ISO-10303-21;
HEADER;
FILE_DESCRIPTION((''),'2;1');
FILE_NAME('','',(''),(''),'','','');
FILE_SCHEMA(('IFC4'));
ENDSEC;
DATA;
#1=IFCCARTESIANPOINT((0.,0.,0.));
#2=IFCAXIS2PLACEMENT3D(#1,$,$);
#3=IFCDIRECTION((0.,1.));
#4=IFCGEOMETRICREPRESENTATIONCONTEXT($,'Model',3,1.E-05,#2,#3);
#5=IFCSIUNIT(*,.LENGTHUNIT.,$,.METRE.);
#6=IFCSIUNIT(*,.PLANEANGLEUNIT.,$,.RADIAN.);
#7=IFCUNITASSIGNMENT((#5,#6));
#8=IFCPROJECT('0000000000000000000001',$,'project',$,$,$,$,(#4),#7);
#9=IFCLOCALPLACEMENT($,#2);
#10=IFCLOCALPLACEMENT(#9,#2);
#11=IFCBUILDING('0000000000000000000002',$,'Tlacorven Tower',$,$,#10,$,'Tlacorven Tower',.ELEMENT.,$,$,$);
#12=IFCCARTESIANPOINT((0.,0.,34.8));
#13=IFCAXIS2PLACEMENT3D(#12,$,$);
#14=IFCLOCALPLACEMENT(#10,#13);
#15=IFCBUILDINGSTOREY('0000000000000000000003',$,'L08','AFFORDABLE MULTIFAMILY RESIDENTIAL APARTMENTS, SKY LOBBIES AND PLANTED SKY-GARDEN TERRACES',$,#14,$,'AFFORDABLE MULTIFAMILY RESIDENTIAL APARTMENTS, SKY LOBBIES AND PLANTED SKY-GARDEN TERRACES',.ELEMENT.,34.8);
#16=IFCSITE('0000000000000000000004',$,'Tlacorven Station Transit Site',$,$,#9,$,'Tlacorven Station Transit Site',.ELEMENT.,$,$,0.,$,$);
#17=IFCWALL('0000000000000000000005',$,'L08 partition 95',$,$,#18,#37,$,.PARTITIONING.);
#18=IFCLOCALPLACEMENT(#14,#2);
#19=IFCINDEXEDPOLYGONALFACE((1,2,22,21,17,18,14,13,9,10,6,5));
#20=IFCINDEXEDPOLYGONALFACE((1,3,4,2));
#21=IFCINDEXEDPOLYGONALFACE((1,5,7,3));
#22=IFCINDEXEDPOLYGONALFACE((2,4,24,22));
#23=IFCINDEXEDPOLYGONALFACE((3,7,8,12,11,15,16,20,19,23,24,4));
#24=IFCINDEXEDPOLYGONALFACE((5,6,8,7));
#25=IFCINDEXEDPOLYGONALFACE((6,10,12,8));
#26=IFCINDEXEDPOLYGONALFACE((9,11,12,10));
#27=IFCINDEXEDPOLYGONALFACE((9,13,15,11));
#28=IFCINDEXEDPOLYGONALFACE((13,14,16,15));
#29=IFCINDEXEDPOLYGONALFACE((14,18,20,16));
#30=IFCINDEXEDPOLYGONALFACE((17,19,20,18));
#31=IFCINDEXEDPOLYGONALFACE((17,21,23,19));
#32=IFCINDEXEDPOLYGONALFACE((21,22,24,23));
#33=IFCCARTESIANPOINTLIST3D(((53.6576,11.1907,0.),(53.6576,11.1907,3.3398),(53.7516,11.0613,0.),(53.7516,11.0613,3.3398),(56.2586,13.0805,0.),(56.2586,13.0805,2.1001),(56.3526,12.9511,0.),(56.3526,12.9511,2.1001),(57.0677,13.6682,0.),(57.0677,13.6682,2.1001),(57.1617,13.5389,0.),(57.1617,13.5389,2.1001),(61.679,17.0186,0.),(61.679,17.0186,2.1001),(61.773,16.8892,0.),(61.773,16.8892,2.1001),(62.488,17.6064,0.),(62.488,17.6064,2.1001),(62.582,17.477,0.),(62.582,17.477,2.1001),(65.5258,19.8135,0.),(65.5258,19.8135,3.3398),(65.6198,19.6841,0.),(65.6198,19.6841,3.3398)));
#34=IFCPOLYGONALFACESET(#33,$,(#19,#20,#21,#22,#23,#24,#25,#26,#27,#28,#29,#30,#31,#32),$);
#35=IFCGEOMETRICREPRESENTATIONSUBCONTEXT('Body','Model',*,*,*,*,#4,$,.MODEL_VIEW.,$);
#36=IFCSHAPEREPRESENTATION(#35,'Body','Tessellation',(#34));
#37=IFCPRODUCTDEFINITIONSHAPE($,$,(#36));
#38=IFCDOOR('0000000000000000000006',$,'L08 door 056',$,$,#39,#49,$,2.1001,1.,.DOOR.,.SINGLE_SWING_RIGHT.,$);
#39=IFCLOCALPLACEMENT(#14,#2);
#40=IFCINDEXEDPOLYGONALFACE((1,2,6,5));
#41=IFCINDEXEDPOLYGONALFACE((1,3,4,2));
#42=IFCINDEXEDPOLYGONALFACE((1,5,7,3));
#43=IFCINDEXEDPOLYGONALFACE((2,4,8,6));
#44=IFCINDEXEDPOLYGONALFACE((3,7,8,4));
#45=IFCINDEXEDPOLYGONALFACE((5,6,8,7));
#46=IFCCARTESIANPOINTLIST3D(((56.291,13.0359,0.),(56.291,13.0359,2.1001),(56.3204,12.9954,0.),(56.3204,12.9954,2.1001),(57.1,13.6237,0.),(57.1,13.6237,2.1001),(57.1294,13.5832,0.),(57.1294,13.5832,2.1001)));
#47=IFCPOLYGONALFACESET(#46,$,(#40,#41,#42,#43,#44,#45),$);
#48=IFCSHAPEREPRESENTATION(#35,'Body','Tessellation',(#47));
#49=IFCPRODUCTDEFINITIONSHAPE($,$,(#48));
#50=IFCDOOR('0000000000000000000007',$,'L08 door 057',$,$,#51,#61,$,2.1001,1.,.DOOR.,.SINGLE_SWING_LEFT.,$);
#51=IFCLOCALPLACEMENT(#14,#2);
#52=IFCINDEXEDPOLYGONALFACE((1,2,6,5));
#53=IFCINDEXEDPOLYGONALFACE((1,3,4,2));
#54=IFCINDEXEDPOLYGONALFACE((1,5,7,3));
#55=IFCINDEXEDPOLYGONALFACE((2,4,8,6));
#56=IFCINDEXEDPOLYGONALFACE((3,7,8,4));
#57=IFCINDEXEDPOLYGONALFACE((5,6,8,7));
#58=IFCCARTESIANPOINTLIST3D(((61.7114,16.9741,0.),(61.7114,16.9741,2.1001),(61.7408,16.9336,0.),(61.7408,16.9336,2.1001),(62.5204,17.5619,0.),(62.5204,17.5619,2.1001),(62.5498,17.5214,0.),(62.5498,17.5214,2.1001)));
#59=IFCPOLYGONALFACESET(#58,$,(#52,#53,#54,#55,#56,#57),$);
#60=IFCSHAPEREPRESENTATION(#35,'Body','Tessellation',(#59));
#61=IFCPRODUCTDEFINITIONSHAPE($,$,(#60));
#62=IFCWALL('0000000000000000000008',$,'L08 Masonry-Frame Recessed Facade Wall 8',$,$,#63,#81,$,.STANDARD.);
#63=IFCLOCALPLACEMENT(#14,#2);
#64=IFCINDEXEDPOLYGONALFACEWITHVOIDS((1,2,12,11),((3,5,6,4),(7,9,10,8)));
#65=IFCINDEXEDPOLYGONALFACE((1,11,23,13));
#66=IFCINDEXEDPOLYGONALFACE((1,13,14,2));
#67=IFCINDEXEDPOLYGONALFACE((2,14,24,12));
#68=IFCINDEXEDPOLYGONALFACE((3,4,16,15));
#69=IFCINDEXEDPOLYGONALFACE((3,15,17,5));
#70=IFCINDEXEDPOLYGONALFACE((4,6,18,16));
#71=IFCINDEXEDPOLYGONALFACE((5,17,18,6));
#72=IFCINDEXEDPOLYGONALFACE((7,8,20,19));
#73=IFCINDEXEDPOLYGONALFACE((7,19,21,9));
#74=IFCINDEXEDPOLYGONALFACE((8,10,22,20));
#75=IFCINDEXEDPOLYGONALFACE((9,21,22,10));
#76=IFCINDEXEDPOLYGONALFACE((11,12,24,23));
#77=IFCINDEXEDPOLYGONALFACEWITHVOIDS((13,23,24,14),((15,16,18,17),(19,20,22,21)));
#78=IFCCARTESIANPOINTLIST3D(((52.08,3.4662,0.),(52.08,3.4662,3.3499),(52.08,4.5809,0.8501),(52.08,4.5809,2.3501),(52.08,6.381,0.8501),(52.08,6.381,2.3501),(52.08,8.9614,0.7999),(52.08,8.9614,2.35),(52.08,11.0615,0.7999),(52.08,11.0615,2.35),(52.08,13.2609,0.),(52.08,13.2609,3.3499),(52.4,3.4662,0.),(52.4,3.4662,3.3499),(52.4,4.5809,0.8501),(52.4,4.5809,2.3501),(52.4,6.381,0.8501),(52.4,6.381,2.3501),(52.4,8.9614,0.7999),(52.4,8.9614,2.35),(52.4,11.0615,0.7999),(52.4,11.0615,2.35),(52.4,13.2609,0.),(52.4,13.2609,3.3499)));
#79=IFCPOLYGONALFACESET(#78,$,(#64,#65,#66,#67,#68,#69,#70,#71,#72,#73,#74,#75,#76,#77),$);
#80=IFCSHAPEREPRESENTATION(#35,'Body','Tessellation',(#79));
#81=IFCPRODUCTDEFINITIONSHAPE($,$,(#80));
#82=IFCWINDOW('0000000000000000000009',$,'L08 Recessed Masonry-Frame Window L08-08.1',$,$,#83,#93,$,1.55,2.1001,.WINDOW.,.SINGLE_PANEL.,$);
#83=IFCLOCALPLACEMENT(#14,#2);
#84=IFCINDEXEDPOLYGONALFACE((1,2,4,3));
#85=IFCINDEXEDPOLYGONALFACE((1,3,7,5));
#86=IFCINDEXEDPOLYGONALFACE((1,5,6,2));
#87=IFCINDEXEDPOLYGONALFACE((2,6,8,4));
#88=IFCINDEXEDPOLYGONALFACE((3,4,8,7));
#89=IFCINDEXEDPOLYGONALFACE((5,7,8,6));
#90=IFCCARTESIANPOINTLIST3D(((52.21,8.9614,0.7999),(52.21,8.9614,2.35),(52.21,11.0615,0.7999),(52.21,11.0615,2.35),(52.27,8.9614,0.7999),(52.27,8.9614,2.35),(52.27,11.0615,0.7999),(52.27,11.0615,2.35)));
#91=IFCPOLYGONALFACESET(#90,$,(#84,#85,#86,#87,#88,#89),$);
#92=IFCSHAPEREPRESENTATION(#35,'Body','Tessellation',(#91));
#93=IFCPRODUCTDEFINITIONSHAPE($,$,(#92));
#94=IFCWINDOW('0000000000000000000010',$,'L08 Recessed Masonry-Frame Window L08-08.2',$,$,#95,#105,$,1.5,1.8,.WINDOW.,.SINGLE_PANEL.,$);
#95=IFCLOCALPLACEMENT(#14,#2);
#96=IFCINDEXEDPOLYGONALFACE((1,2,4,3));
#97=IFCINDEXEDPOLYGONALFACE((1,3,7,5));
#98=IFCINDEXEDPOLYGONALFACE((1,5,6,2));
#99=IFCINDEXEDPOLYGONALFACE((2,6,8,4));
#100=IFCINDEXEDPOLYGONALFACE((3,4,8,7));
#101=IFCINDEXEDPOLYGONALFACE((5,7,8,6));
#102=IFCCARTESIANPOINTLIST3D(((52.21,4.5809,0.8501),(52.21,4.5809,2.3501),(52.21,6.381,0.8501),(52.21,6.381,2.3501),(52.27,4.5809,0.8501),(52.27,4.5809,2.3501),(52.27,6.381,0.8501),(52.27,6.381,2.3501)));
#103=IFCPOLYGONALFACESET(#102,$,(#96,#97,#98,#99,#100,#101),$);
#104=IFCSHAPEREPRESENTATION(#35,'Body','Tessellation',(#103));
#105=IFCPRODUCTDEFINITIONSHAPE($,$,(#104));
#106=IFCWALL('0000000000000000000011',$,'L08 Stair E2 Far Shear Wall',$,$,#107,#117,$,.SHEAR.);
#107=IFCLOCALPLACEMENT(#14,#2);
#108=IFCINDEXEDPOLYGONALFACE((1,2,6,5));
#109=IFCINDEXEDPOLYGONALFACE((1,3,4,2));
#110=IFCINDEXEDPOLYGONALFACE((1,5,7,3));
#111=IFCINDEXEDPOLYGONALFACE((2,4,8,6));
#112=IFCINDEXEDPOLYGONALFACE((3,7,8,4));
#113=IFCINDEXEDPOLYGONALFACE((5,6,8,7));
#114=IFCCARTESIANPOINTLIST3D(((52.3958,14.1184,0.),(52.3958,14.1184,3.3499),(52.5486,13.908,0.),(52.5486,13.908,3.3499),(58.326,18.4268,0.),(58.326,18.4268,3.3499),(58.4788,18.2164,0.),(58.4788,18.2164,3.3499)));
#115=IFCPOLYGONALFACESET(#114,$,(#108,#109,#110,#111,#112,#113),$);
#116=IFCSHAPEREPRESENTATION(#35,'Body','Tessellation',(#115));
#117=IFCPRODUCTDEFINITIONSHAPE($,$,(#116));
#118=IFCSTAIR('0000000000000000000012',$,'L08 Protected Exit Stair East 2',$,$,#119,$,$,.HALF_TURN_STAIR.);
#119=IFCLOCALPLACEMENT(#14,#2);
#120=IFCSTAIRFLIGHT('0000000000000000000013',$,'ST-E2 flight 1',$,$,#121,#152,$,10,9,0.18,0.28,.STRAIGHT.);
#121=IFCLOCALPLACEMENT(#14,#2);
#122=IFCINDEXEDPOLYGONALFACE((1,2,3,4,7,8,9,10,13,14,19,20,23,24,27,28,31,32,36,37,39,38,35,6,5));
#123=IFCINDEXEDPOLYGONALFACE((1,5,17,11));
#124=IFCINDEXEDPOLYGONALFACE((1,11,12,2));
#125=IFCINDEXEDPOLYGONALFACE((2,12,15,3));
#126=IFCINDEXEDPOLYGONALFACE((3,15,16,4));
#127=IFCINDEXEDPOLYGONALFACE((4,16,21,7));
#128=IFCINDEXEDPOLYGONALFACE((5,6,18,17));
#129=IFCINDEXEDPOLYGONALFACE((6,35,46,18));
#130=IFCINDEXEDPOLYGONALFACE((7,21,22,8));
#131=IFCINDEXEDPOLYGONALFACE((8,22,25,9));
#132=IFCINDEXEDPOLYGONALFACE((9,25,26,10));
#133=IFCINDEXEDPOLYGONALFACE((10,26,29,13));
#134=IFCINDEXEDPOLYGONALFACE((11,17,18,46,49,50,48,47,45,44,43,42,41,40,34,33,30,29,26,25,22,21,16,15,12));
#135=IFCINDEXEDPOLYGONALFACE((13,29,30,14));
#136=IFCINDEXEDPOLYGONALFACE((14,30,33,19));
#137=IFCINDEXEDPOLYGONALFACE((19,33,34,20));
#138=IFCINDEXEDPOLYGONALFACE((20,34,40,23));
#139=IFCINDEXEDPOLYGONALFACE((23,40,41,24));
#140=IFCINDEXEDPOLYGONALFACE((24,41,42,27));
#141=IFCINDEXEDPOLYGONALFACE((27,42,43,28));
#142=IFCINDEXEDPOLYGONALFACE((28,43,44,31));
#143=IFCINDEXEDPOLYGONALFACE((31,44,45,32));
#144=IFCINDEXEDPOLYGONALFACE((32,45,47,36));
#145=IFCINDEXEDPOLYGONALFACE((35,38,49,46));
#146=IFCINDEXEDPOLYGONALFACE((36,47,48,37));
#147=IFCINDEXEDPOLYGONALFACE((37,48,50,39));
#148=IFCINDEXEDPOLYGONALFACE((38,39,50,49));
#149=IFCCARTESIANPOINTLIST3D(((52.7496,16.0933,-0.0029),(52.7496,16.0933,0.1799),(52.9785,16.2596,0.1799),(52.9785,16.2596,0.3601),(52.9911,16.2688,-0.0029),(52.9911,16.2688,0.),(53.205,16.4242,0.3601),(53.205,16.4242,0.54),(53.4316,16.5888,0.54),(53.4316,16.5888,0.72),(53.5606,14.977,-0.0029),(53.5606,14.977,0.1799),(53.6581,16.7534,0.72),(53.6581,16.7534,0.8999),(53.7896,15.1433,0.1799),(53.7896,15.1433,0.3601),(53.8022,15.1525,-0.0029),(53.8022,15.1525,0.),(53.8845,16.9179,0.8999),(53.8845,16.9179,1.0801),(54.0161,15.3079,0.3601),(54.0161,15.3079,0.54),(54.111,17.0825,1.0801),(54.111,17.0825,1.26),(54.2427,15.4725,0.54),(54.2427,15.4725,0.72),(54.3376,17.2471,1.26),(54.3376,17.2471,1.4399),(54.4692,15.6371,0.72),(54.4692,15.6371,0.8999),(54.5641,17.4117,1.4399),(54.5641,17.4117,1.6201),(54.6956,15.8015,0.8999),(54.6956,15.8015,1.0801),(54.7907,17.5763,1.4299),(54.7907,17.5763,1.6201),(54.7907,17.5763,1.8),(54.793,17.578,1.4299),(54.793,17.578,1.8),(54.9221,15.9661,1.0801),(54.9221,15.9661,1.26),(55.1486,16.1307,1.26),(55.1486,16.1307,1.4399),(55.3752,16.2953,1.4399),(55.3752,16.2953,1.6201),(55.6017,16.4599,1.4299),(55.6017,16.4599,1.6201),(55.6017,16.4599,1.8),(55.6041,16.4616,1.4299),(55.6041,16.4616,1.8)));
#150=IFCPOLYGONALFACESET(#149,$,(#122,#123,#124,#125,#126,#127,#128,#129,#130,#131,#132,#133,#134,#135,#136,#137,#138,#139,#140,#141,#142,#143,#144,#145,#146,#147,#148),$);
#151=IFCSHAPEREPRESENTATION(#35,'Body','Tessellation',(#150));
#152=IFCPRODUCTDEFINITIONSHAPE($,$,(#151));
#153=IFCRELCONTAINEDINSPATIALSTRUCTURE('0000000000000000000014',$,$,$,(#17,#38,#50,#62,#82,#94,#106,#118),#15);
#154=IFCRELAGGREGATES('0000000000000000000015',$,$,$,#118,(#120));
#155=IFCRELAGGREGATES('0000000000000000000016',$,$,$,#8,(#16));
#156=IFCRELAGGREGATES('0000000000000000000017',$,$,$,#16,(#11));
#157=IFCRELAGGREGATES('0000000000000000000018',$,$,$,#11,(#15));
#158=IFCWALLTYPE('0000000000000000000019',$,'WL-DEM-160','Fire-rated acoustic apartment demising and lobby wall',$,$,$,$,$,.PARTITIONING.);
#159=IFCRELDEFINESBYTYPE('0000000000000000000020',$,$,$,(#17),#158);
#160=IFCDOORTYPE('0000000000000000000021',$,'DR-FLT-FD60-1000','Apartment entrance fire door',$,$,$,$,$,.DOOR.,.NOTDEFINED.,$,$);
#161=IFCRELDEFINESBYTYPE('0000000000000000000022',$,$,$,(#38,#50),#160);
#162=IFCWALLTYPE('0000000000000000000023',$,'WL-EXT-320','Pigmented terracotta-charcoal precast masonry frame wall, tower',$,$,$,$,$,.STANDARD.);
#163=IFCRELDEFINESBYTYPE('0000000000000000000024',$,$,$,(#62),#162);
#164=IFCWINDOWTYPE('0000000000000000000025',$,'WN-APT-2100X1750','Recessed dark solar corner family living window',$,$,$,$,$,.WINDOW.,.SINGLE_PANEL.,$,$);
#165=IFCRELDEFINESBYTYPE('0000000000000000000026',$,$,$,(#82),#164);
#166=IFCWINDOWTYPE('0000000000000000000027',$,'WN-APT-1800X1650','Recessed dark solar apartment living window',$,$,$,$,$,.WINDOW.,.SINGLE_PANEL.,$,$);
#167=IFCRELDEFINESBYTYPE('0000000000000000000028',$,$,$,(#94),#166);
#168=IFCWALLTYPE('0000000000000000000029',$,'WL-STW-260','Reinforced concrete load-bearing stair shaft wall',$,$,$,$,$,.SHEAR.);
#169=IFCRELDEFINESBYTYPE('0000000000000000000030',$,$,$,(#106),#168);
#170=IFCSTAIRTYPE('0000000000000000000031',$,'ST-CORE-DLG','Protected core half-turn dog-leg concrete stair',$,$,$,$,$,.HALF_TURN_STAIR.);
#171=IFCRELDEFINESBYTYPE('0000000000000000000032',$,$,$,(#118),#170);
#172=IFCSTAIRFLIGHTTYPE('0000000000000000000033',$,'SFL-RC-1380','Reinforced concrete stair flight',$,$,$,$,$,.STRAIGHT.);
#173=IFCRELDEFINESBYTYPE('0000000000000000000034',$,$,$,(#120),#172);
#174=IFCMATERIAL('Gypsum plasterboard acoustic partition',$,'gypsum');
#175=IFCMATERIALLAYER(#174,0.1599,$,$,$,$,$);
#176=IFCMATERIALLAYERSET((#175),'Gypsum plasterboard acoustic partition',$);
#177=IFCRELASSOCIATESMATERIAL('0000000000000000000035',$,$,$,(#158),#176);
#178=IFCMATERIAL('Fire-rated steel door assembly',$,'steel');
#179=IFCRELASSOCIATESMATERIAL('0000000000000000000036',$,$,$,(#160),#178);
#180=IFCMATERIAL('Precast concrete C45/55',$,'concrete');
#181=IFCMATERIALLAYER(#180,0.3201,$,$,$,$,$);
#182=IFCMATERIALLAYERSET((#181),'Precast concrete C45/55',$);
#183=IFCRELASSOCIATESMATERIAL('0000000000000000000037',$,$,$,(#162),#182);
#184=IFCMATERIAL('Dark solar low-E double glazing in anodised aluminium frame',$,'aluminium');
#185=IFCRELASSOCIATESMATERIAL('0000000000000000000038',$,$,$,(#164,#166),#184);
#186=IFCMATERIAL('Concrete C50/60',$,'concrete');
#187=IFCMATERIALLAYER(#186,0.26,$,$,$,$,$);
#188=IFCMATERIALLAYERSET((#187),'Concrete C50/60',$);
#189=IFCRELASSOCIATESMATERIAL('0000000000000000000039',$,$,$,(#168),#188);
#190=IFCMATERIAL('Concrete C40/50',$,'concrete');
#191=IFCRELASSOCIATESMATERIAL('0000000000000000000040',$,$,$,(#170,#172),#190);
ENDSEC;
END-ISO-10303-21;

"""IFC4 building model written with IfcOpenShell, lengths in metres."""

from ifc_helpers import new_model, si_unit, direction, frame, frame_2d, origin, place, context, subcontext, project, spatial, polyline, rectangle, outline, extrude, source, transform, mapped, material, layer, layer_set, type_object, element, fill, aggregate, save


model = new_model("IFC4")

# Units and contexts
model_context = context("Model", 3, precision=1e-05, world=origin(), true_north=direction((0.0, 1.0)))
body_context = subcontext(model_context, "Body", "Model", "MODEL_VIEW")
ifc_project = project(units=[si_unit("LENGTHUNIT", "METRE"), si_unit("PLANEANGLEUNIT", "RADIAN")], contexts=[model_context])

# Site, building, storey
site_placement = place(None, origin())
site = spatial("IfcSite", under=ifc_project, at=site_placement, Name="Tlacorven Station Transit Site", LongName="Tlacorven Station Transit Site", CompositionType="ELEMENT", RefElevation=0.0)
building_placement = place(site_placement, origin())
building = spatial("IfcBuilding", under=site, at=building_placement, Name="Tlacorven Tower", LongName="Tlacorven Tower", CompositionType="ELEMENT")
storey_placement = place(building_placement, frame((0.0, 0.0, 34.8)))
storey = spatial("IfcBuildingStorey", under=building, at=storey_placement, Name="L08", Description="AFFORDABLE MULTIFAMILY RESIDENTIAL APARTMENTS, SKY LOBBIES AND PLANTED SKY-GARDEN TERRACES", LongName="AFFORDABLE MULTIFAMILY RESIDENTIAL APARTMENTS, SKY LOBBIES AND PLANTED SKY-GARDEN TERRACES", CompositionType="ELEMENT", Elevation=34.8)

# Wall, openings, doors
ifc_material_1 = material(Name="Gypsum plasterboard acoustic partition", Category="gypsum")
ifc_layer_1 = layer(ifc_material_1, 0.1599)
ifc_layer_set_1 = layer_set([ifc_layer_1], Name="Gypsum plasterboard acoustic partition")
wall_type_1 = type_object("IfcWallType", Name="WL-DEM-160", Description="Fire-rated acoustic apartment demising and lobby wall", PredefinedType="PARTITIONING", material=ifc_layer_set_1)
wall_1_placement = place(storey_placement, frame((53.7046, 11.126, 0.0), z_axis=(0.0, 0.0, 1.0), x_axis=(0.809015, 0.587789, 0.0)))
wall_1 = element("IfcWall", 1, at=wall_1_placement, inside=storey, type_object=wall_type_1, Name="L08 partition 95", PredefinedType="PARTITIONING", context=body_context, shape_type="SweptSolid", body=[
    extrude(rectangle(XDim=14.6699, YDim=0.1599, at=frame_2d((7.335, 0.0))), origin(), (0.0, 0.0, 1.0), 3.3398),
])
opening_1_placement = place(wall_1_placement, frame((3.2151, 0.0, 0.0)))
opening_1 = element("IfcOpeningElement", 2, at=opening_1_placement, cuts=wall_1, PredefinedType="OPENING", context=body_context, shape_type="SweptSolid", body=[
    extrude(rectangle(XDim=1.0, YDim=2.1001, at=frame_2d((0.5, 1.05))), frame((0.0, 0.0898, 0.0), z_axis=(0.0, -1.0, 0.0), x_axis=(1.0, 0.0, 0.0)), (0.0, 0.0, 1.0), 0.1799),
])
opening_2_placement = place(wall_1_placement, frame((9.915, 0.0, 0.0)))
opening_2 = element("IfcOpeningElement", 3, at=opening_2_placement, cuts=wall_1, PredefinedType="OPENING", context=body_context, shape_type="SweptSolid", body=[
    extrude(rectangle(XDim=1.0, YDim=2.1001, at=frame_2d((0.5, 1.05))), frame((0.0, 0.0898, 0.0), z_axis=(0.0, -1.0, 0.0), x_axis=(1.0, 0.0, 0.0)), (0.0, 0.0, 1.0), 0.1799),
])
ifc_material_2 = material(Name="Fire-rated steel door assembly", Category="steel")
door_type = type_object("IfcDoorType", Name="DR-FLT-FD60-1000", Description="Apartment entrance fire door", OperationType="NOTDEFINED", PredefinedType="DOOR", material=ifc_material_2)
shared_shape_1 = source(origin(), body_context, "Body", "SweptSolid", [
    extrude(rectangle(XDim=1.0, YDim=2.1001, at=frame_2d((0.5, 1.05))), frame((0.0, 0.0249, 0.0), z_axis=(0.0, -1.0, 0.0), x_axis=(1.0, 0.0, 0.0)), (0.0, 0.0, 1.0), 0.05),
])
door_1_placement = place(opening_1_placement, origin())
door_1 = element("IfcDoor", 4, at=door_1_placement, inside=storey, type_object=door_type, Name="L08 door 056", OperationType="SINGLE_SWING_RIGHT", OverallHeight=2.1001, OverallWidth=1.0, PredefinedType="DOOR", context=body_context, shape_type="MappedRepresentation", body=[
    mapped(shared_shape_1, transform((0.0, 0.0, 0.0), scale=1.0)),
])
fill(opening_1, door_1)
door_2_placement = place(opening_2_placement, origin())
door_2 = element("IfcDoor", 5, at=door_2_placement, inside=storey, type_object=door_type, Name="L08 door 057", OperationType="SINGLE_SWING_LEFT", OverallHeight=2.1001, OverallWidth=1.0, PredefinedType="DOOR", context=body_context, shape_type="MappedRepresentation", body=[
    mapped(shared_shape_1, transform((0.0, 0.0, 0.0), scale=1.0)),
])
fill(opening_2, door_2)

# Wall, openings, windows
ifc_material_3 = material(Name="Precast concrete C45/55", Category="concrete")
ifc_layer_2 = layer(ifc_material_3, 0.3201)
ifc_layer_set_2 = layer_set([ifc_layer_2], Name="Precast concrete C45/55")
wall_type_2 = type_object("IfcWallType", Name="WL-EXT-320", Description="Pigmented terracotta-charcoal precast masonry frame wall, tower", PredefinedType="STANDARD", material=ifc_layer_set_2)
wall_2_placement = place(storey_placement, frame((52.24, 13.261, 0.0), z_axis=(0.0, 0.0, 1.0), x_axis=(0.0, -1.0, 0.0)))
wall_2 = element("IfcWall", 6, at=wall_2_placement, inside=storey, type_object=wall_type_2, Name="L08 Masonry-Frame Recessed Facade Wall 8", PredefinedType="STANDARD", context=body_context, shape_type="SweptSolid", body=[
    extrude(rectangle(XDim=9.7947, YDim=0.3201, at=frame_2d((4.8975, 0.0))), origin(), (0.0, 0.0, 1.0), 3.3499),
])
opening_3_placement = place(wall_2_placement, frame((2.1995, 0.0, 0.8)))
opening_3 = element("IfcOpeningElement", 7, at=opening_3_placement, cuts=wall_2, PredefinedType="OPENING", context=body_context, shape_type="SweptSolid", body=[
    extrude(rectangle(XDim=2.1001, YDim=1.55, at=frame_2d((1.05, 0.7749))), frame((0.0, 0.1699, 0.0), z_axis=(0.0, -1.0, 0.0), x_axis=(1.0, 0.0, 0.0)), (0.0, 0.0, 1.0), 0.3401),
])
opening_4_placement = place(wall_2_placement, frame((6.8801, 0.0, 0.8501)))
opening_4 = element("IfcOpeningElement", 8, at=opening_4_placement, cuts=wall_2, PredefinedType="OPENING", context=body_context, shape_type="SweptSolid", body=[
    extrude(rectangle(XDim=1.8, YDim=1.5, at=frame_2d((0.8999, 0.75))), frame((0.0, 0.1699, 0.0), z_axis=(0.0, -1.0, 0.0), x_axis=(1.0, 0.0, 0.0)), (0.0, 0.0, 1.0), 0.3401),
])
ifc_material_4 = material(Name="Dark solar low-E double glazing in anodised aluminium frame", Category="aluminium")
window_type_1 = type_object("IfcWindowType", Name="WN-APT-2100X1750", Description="Recessed dark solar corner family living window", PartitioningType="SINGLE_PANEL", PredefinedType="WINDOW", material=ifc_material_4)
shared_shape_2 = source(origin(), body_context, "Body", "SweptSolid", [
    extrude(rectangle(XDim=2.1001, YDim=1.55, at=frame_2d((1.05, 0.7749))), frame((0.0, 0.03, 0.0), z_axis=(0.0, -1.0, 0.0), x_axis=(1.0, 0.0, 0.0)), (0.0, 0.0, 1.0), 0.0601),
])
window_1_placement = place(opening_3_placement, origin())
window_1 = element("IfcWindow", 9, at=window_1_placement, inside=storey, type_object=window_type_1, Name="L08 Recessed Masonry-Frame Window L08-08.1", OverallHeight=1.55, OverallWidth=2.1001, PartitioningType="SINGLE_PANEL", PredefinedType="WINDOW", context=body_context, shape_type="MappedRepresentation", body=[
    mapped(shared_shape_2, transform((0.0, 0.0, 0.0), scale=1.0)),
])
fill(opening_3, window_1)
window_type_2 = type_object("IfcWindowType", Name="WN-APT-1800X1650", Description="Recessed dark solar apartment living window", PartitioningType="SINGLE_PANEL", PredefinedType="WINDOW", material=ifc_material_4)
shared_shape_3 = source(origin(), body_context, "Body", "SweptSolid", [
    extrude(rectangle(XDim=1.8, YDim=1.5, at=frame_2d((0.8999, 0.75))), frame((0.0, 0.03, 0.0), z_axis=(0.0, -1.0, 0.0), x_axis=(1.0, 0.0, 0.0)), (0.0, 0.0, 1.0), 0.0601),
])
window_2_placement = place(opening_4_placement, origin())
window_2 = element("IfcWindow", 10, at=window_2_placement, inside=storey, type_object=window_type_2, Name="L08 Recessed Masonry-Frame Window L08-08.2", OverallHeight=1.5, OverallWidth=1.8, PartitioningType="SINGLE_PANEL", PredefinedType="WINDOW", context=body_context, shape_type="MappedRepresentation", body=[
    mapped(shared_shape_3, transform((0.0, 0.0, 0.0), scale=1.0)),
])
fill(opening_4, window_2)

# Wall
ifc_material_5 = material(Name="Concrete C50/60", Category="concrete")
ifc_layer_3 = layer(ifc_material_5, 0.26)
ifc_layer_set_3 = layer_set([ifc_layer_3], Name="Concrete C50/60")
wall_type_3 = type_object("IfcWallType", Name="WL-STW-260", Description="Reinforced concrete load-bearing stair shaft wall", PredefinedType="SHEAR", material=ifc_layer_set_3)
wall_3_placement = place(storey_placement, frame((52.4722, 14.0132, 0.0), z_axis=(0.0, 0.0, 1.0), x_axis=(0.809028, 0.58777, 0.0)))
element("IfcWall", 11, at=wall_3_placement, inside=storey, type_object=wall_type_3, Name="L08 Stair E2 Far Shear Wall", PredefinedType="SHEAR", context=body_context, shape_type="SweptSolid", body=[
    extrude(rectangle(XDim=7.3301, YDim=0.26, at=frame_2d((3.665, 0.0))), origin(), (0.0, 0.0, 1.0), 3.3499),
])

# Stair, stair flight
ifc_material_6 = material(Name="Concrete C40/50", Category="concrete")
stair_type = type_object("IfcStairType", Name="ST-CORE-DLG", Description="Protected core half-turn dog-leg concrete stair", PredefinedType="HALF_TURN_STAIR", material=ifc_material_6)
stair_placement = place(storey_placement, origin())
stair = element("IfcStair", 12, at=stair_placement, inside=storey, type_object=stair_type, Name="L08 Protected Exit Stair East 2", PredefinedType="HALF_TURN_STAIR")
stair_flight_type = type_object("IfcStairFlightType", Name="SFL-RC-1380", Description="Reinforced concrete stair flight", PredefinedType="STRAIGHT", material=ifc_material_6)
shared_shape_4 = source(origin(), body_context, "Body", "SweptSolid", [
    extrude(outline(polyline([(-0.0029, -0.0029), (-0.0029, 0.1799), (0.28, 0.1799), (0.28, 0.3601), (0.5601, 0.3601), (0.5601, 0.54), (0.8401, 0.54), (0.8401, 0.72), (1.1201, 0.72), (1.1201, 0.8999), (1.3999, 0.8999), (1.3999, 1.0801), (1.6799, 1.0801), (1.6799, 1.26), (1.96, 1.26), (1.96, 1.4399), (2.24, 1.4399), (2.24, 1.6201), (2.52, 1.6201), (2.52, 1.8), (2.5229, 1.8), (2.5229, 1.4299), (2.52, 1.4299), (0.2957, 0.0), (0.2957, -0.0029), (-0.0029, -0.0029)])), frame((0.0, 0.6899, 0.0), z_axis=(0.0, -1.0, 0.0), x_axis=(1.0, 0.0, 0.0)), (0.0, 0.0, 1.0), 1.3799),
])
stair_flight_1_placement = place(storey_placement, frame((53.1575, 15.5369, 0.0), z_axis=(0.0, 0.0, 1.0), x_axis=(0.809017, 0.587785, 0.0)))
stair_flight_1 = element("IfcStairFlight", 13, at=stair_flight_1_placement, type_object=stair_flight_type, Name="ST-E2 flight 1", NumberOfRisers=10, NumberOfTreads=9, PredefinedType="STRAIGHT", RiserHeight=0.18, TreadLength=0.28, context=body_context, shape_type="MappedRepresentation", body=[
    mapped(shared_shape_4, transform((0.0, 0.0, 0.0), scale=1.0)),
])
aggregate(stair, [stair_flight_1])

save(model, "model.ifc")
